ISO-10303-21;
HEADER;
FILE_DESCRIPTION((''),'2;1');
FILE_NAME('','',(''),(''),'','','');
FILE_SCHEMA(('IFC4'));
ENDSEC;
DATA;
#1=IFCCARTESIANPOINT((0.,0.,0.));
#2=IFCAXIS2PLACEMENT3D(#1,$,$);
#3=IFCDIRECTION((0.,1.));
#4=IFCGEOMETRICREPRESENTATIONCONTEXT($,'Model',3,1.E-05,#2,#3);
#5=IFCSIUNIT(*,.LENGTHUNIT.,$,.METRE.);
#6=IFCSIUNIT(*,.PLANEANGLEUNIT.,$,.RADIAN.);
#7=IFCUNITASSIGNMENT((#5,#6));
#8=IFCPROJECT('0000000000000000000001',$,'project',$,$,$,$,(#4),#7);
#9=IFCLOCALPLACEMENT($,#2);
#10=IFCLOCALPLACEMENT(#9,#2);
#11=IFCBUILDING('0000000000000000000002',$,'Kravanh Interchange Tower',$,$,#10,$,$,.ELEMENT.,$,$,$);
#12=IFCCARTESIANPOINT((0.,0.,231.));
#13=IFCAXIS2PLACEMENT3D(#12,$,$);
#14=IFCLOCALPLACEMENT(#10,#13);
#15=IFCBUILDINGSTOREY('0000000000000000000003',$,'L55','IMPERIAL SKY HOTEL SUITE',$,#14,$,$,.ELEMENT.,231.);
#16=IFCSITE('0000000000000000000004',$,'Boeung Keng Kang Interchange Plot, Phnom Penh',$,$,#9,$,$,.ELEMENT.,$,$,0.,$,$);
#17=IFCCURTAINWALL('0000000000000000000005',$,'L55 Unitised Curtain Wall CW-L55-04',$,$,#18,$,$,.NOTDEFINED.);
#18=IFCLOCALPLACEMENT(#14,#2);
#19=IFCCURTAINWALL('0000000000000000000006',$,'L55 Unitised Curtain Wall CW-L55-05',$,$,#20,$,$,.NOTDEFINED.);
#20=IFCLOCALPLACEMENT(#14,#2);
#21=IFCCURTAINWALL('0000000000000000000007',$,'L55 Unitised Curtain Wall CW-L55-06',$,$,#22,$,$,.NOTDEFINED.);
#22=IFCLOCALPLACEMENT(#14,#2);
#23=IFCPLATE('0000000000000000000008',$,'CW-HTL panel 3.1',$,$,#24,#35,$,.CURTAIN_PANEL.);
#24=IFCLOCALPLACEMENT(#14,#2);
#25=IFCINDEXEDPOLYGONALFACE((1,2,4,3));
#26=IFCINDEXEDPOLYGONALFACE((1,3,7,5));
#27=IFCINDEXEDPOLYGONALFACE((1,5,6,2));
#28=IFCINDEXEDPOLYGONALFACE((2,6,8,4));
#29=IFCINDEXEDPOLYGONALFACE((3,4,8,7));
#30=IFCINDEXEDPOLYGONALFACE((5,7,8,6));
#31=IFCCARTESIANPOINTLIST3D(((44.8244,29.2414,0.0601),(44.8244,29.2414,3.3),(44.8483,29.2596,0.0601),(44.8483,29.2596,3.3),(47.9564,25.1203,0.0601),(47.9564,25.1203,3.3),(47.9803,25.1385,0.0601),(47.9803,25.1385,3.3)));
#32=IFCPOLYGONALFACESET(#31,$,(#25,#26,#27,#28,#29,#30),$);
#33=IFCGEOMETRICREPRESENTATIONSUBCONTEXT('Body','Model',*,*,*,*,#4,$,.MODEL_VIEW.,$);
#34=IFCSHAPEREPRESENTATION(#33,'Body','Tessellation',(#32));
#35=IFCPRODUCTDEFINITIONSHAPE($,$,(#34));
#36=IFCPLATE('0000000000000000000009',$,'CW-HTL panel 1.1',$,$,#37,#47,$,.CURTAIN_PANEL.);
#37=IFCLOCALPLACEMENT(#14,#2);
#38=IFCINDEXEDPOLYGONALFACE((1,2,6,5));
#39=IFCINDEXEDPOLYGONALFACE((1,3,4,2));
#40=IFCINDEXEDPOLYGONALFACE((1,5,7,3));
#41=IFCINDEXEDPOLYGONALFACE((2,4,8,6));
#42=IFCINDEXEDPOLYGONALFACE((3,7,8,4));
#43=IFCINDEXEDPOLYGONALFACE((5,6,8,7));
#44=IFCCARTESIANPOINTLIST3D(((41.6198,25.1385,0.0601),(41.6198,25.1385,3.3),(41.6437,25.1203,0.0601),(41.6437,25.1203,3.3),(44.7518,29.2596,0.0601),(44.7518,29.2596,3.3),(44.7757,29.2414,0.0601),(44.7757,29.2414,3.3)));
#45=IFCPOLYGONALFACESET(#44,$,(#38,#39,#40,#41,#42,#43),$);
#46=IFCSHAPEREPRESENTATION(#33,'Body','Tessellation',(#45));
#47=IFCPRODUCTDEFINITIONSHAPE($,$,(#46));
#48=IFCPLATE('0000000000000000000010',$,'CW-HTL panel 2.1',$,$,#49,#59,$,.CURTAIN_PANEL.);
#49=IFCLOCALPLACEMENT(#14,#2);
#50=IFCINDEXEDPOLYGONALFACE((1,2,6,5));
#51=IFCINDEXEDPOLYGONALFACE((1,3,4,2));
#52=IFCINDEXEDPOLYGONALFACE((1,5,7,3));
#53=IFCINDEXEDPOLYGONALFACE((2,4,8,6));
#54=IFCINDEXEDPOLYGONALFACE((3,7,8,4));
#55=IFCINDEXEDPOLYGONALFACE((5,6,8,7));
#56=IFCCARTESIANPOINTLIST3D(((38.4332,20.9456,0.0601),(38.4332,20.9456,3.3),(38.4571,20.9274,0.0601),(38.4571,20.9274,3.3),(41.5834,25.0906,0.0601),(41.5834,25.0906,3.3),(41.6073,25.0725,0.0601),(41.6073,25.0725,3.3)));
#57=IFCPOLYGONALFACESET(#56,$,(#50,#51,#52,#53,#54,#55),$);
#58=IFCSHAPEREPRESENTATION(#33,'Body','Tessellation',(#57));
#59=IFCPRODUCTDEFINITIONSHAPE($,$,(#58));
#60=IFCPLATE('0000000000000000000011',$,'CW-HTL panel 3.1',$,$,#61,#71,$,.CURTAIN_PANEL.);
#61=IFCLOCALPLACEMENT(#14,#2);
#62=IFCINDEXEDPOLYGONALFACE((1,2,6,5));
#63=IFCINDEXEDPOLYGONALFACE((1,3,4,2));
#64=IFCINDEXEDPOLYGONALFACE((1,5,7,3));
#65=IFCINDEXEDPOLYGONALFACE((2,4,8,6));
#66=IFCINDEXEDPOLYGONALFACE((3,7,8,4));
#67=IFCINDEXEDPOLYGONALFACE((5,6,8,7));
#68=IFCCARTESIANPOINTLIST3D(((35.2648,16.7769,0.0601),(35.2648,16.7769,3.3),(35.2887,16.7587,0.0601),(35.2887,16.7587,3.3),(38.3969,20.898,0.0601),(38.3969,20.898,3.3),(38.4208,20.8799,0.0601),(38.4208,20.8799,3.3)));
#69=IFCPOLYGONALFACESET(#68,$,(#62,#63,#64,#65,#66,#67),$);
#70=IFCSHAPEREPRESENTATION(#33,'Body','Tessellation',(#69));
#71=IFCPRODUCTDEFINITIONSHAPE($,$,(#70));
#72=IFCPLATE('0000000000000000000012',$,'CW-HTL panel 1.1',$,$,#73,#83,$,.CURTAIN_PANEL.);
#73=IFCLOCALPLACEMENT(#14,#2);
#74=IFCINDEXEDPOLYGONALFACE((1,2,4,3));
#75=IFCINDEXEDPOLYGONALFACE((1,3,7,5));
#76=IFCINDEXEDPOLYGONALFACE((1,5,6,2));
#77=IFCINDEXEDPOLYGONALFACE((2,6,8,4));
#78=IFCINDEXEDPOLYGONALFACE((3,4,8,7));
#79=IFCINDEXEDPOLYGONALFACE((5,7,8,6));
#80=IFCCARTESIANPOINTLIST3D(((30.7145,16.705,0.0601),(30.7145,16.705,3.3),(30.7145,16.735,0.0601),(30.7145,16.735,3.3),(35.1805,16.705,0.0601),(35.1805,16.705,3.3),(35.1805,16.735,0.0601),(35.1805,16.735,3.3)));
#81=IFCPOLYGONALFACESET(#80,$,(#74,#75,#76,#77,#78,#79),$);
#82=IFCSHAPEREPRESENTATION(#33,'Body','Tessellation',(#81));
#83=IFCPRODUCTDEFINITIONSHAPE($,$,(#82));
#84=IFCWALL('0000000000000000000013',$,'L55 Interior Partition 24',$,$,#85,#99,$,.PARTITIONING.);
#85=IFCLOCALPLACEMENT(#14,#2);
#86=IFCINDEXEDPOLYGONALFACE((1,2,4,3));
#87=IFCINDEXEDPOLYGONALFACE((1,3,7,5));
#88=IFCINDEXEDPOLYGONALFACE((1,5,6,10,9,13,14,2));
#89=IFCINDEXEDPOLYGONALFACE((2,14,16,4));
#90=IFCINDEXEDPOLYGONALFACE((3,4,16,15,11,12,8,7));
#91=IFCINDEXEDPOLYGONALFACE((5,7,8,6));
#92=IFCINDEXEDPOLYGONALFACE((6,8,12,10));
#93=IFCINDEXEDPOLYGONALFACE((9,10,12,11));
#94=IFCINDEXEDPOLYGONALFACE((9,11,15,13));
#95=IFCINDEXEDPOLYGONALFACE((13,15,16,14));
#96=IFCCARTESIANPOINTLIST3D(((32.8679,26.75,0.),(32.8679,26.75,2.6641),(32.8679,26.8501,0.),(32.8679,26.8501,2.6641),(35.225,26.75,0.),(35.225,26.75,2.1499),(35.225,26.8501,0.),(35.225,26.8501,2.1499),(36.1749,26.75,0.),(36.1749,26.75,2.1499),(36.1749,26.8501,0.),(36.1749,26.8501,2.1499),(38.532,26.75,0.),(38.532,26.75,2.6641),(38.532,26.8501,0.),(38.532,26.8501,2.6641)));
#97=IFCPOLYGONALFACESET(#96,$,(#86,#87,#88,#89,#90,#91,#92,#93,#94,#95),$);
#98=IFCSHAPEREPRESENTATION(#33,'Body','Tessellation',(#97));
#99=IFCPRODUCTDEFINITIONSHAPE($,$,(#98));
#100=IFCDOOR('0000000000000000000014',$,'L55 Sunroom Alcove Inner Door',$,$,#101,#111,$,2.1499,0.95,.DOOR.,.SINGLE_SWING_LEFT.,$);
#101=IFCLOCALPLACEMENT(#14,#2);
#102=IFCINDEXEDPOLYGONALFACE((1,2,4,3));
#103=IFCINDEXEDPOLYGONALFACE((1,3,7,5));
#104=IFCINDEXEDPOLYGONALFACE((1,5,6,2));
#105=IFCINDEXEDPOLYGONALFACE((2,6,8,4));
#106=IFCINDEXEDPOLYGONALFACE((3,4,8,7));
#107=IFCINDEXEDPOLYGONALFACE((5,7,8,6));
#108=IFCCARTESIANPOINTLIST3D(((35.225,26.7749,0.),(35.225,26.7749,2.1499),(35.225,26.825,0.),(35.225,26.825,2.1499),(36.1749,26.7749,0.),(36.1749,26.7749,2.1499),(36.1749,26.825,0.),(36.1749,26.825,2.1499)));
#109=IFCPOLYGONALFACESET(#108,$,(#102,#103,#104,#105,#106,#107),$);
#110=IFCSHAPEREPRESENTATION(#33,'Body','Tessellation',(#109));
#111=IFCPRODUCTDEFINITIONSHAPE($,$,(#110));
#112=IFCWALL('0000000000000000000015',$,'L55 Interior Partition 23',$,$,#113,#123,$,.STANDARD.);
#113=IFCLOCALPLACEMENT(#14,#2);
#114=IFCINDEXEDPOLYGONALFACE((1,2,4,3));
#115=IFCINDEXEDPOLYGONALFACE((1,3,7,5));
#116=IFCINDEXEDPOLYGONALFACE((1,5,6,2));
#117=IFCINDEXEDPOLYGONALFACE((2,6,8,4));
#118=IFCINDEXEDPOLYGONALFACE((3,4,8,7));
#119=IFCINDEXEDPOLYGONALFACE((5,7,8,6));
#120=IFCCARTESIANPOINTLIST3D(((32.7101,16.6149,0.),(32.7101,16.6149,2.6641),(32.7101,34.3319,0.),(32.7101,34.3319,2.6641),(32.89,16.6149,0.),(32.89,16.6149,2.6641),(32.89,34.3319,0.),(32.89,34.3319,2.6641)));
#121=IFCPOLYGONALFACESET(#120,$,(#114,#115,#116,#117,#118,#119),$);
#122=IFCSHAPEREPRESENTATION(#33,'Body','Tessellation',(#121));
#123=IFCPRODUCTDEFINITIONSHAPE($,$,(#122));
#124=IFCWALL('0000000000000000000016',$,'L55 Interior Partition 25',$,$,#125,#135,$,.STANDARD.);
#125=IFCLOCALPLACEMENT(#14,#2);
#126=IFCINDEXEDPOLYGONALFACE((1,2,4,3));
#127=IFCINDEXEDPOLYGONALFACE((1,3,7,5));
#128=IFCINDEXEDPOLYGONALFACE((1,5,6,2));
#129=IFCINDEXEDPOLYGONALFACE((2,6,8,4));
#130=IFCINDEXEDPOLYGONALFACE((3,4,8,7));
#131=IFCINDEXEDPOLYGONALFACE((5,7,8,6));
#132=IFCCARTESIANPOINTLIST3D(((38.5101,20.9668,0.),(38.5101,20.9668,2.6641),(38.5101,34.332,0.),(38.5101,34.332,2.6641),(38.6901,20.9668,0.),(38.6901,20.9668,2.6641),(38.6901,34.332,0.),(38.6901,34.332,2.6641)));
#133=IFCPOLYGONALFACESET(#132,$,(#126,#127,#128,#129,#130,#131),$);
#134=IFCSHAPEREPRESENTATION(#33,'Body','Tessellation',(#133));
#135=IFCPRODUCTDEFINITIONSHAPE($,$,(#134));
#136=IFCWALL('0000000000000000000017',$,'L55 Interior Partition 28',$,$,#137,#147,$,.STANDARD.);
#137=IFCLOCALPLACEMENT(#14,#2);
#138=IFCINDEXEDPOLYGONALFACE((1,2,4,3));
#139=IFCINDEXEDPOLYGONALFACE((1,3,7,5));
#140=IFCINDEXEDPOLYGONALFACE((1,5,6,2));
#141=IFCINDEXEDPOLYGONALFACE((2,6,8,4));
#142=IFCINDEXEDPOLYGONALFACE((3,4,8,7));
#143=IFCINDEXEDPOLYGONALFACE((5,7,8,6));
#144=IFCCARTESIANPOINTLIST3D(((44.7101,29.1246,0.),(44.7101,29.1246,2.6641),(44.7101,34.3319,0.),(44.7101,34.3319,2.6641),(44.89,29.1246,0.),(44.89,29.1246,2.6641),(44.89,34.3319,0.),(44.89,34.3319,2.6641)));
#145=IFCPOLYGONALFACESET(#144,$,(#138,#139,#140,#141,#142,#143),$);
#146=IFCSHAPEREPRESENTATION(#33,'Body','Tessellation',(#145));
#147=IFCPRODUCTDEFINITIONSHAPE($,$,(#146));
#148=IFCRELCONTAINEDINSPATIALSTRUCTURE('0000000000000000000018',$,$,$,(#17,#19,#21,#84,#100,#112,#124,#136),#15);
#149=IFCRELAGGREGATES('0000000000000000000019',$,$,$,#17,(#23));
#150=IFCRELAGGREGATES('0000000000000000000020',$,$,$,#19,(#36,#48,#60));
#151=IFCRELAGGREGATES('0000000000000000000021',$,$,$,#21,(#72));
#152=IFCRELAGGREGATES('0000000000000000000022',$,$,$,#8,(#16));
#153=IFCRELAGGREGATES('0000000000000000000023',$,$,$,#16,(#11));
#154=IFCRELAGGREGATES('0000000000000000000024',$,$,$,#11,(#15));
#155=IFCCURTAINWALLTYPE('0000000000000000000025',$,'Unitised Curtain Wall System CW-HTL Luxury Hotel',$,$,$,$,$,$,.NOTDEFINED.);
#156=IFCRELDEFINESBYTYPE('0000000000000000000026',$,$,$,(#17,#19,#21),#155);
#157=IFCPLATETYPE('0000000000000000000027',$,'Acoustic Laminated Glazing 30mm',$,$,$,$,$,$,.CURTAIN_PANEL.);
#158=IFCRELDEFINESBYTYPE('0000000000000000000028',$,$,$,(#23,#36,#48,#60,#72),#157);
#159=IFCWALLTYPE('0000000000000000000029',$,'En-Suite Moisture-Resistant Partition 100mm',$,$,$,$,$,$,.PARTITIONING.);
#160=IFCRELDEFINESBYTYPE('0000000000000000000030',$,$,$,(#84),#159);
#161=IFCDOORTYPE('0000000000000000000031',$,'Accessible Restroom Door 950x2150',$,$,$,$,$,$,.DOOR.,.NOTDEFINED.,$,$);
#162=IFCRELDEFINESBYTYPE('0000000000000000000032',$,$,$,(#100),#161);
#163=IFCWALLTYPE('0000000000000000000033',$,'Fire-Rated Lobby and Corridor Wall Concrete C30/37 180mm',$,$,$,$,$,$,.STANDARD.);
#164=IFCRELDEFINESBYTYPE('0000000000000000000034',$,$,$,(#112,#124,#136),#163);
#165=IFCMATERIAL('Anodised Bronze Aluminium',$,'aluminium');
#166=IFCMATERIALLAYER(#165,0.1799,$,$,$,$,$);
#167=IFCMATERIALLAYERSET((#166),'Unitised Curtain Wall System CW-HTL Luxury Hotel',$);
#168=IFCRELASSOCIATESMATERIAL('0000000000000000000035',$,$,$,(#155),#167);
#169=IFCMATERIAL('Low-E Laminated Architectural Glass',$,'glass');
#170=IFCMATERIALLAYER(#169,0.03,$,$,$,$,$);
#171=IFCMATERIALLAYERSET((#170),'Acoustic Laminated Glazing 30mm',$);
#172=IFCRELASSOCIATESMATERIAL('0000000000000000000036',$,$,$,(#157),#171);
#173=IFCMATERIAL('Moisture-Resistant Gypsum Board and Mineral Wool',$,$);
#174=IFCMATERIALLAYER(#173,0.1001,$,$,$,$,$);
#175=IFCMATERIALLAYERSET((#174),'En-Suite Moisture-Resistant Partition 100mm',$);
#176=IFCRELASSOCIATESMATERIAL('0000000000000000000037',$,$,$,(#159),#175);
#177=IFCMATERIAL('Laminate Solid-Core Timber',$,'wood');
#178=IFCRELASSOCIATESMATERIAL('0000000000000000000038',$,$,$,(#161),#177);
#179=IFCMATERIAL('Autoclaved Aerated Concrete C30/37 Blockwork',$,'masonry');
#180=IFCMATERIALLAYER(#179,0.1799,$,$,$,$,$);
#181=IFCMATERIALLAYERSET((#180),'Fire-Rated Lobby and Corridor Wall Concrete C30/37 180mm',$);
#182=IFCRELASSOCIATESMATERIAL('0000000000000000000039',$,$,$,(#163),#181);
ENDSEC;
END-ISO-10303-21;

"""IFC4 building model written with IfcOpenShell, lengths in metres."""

from ifc_helpers import new_model, si_unit, direction, frame, frame_2d, origin, origin_2d, place, context, subcontext, project, spatial, rectangle, extrude, material, layer, layer_set, type_object, element, fill, aggregate, save


model = new_model("IFC4")

# Units and contexts
model_context = context("Model", 3, precision=1e-05, world=origin(), true_north=direction((0.0, 1.0)))
body_context = subcontext(model_context, "Body", "Model", "MODEL_VIEW")
ifc_project = project(units=[si_unit("LENGTHUNIT", "METRE"), si_unit("PLANEANGLEUNIT", "RADIAN")], contexts=[model_context])

# Site, building, storey
site_placement = place(None, origin())
site = spatial("IfcSite", under=ifc_project, at=site_placement, Name="Boeung Keng Kang Interchange Plot, Phnom Penh", CompositionType="ELEMENT", RefElevation=0.0)
building_placement = place(site_placement, origin())
building = spatial("IfcBuilding", under=site, at=building_placement, Name="Kravanh Interchange Tower", CompositionType="ELEMENT")
storey_placement = place(building_placement, frame((0.0, 0.0, 231.0)))
storey = spatial("IfcBuildingStorey", under=building, at=storey_placement, Name="L55", Description="IMPERIAL SKY HOTEL SUITE", CompositionType="ELEMENT", Elevation=231.0)

# Curtain wall
ifc_material_1 = material(Name="Anodised Bronze Aluminium", Category="aluminium")
ifc_layer_1 = layer(ifc_material_1, 0.1799)
ifc_layer_set_1 = layer_set([ifc_layer_1], Name="Unitised Curtain Wall System CW-HTL Luxury Hotel")
curtain_wall_type = type_object("IfcCurtainWallType", Name="Unitised Curtain Wall System CW-HTL Luxury Hotel", PredefinedType="NOTDEFINED", material=ifc_layer_set_1)
curtain_wall_1_placement = place(storey_placement, origin())
curtain_wall_1 = element("IfcCurtainWall", 1, at=curtain_wall_1_placement, inside=storey, type_object=curtain_wall_type, Name="L55 Unitised Curtain Wall CW-L55-04", PredefinedType="NOTDEFINED")

# Curtain wall
curtain_wall_2_placement = place(storey_placement, origin())
curtain_wall_2 = element("IfcCurtainWall", 2, at=curtain_wall_2_placement, inside=storey, type_object=curtain_wall_type, Name="L55 Unitised Curtain Wall CW-L55-05", PredefinedType="NOTDEFINED")

# Curtain wall
curtain_wall_3_placement = place(storey_placement, origin())
curtain_wall_3 = element("IfcCurtainWall", 3, at=curtain_wall_3_placement, inside=storey, type_object=curtain_wall_type, Name="L55 Unitised Curtain Wall CW-L55-06", PredefinedType="NOTDEFINED")

# Plates
ifc_material_2 = material(Name="Low-E Laminated Architectural Glass", Category="glass")
ifc_layer_2 = layer(ifc_material_2, 0.03)
ifc_layer_set_2 = layer_set([ifc_layer_2], Name="Acoustic Laminated Glazing 30mm")
plate_type = type_object("IfcPlateType", Name="Acoustic Laminated Glazing 30mm", PredefinedType="CURTAIN_PANEL", material=ifc_layer_set_2)
plate_1_placement = place(storey_placement, frame((46.4023, 27.1899, 0.0601), z_axis=(0.0, 0.0, 1.0), x_axis=(-0.605083, 0.796162, 0.0)))
plate_1 = element("IfcPlate", 4, at=plate_1_placement, type_object=plate_type, Name="CW-HTL panel 3.1", PredefinedType="CURTAIN_PANEL", context=body_context, shape_type="SweptSolid", body=[
    extrude(rectangle(XDim=5.1763, YDim=0.03, at=origin_2d()), origin(), (0.0, 0.0, 1.0), 3.24),
])
aggregate(curtain_wall_1, [plate_1])
plate_2_placement = place(storey_placement, frame((43.1978, 27.1899, 0.0601), z_axis=(0.0, 0.0, 1.0), x_axis=(-0.605083, -0.796162, 0.0)))
plate_2 = element("IfcPlate", 5, at=plate_2_placement, type_object=plate_type, Name="CW-HTL panel 1.1", PredefinedType="CURTAIN_PANEL", context=body_context, shape_type="SweptSolid", body=[
    extrude(rectangle(XDim=5.1763, YDim=0.03, at=origin_2d()), origin(), (0.0, 0.0, 1.0), 3.24),
])
plate_3_placement = place(storey_placement, frame((40.0203, 23.009, 0.0601), z_axis=(0.0, 0.0, 1.0), x_axis=(-0.605083, -0.796162, 0.0)))
plate_3 = element("IfcPlate", 6, at=plate_3_placement, type_object=plate_type, Name="CW-HTL panel 2.1", PredefinedType="CURTAIN_PANEL", context=body_context, shape_type="SweptSolid", body=[
    extrude(rectangle(XDim=5.2063, YDim=0.03, at=origin_2d()), origin(), (0.0, 0.0, 1.0), 3.24),
])
plate_4_placement = place(storey_placement, frame((36.8428, 18.8284, 0.0601), z_axis=(0.0, 0.0, 1.0), x_axis=(-0.605083, -0.796162, 0.0)))
plate_4 = element("IfcPlate", 7, at=plate_4_placement, type_object=plate_type, Name="CW-HTL panel 3.1", PredefinedType="CURTAIN_PANEL", context=body_context, shape_type="SweptSolid", body=[
    extrude(rectangle(XDim=5.1763, YDim=0.03, at=origin_2d()), origin(), (0.0, 0.0, 1.0), 3.24),
])
aggregate(curtain_wall_2, [plate_2, plate_3, plate_4])
plate_5_placement = place(storey_placement, frame((32.9475, 16.72, 0.0601), z_axis=(0.0, 0.0, 1.0), x_axis=(-1.0, 0.0, 0.0)))
plate_5 = element("IfcPlate", 8, at=plate_5_placement, type_object=plate_type, Name="CW-HTL panel 1.1", PredefinedType="CURTAIN_PANEL", context=body_context, shape_type="SweptSolid", body=[
    extrude(rectangle(XDim=4.4661, YDim=0.03, at=origin_2d()), origin(), (0.0, 0.0, 1.0), 3.24),
])
aggregate(curtain_wall_3, [plate_5])

# Wall, opening, door
ifc_material_3 = material(Name="Moisture-Resistant Gypsum Board and Mineral Wool")
ifc_layer_3 = layer(ifc_material_3, 0.1001)
ifc_layer_set_3 = layer_set([ifc_layer_3], Name="En-Suite Moisture-Resistant Partition 100mm")
wall_type_1 = type_object("IfcWallType", Name="En-Suite Moisture-Resistant Partition 100mm", PredefinedType="PARTITIONING", material=ifc_layer_set_3)
wall_1_placement = place(storey_placement, frame((32.8679, 26.8, 0.0), z_axis=(0.0, 0.0, 1.0), x_axis=(1.0, 0.0, 0.0)))
wall_1 = element("IfcWall", 9, at=wall_1_placement, inside=storey, type_object=wall_type_1, Name="L55 Interior Partition 24", PredefinedType="PARTITIONING", context=body_context, shape_type="SweptSolid", body=[
    extrude(rectangle(XDim=5.6641, YDim=0.1001, at=frame_2d((2.832, 0.0))), origin(), (0.0, 0.0, 1.0), 2.6641),
])
opening_placement = place(wall_1_placement, frame((2.3569, 0.0, 0.0)))
opening = element("IfcOpeningElement", 10, at=opening_placement, cuts=wall_1, PredefinedType="OPENING", context=body_context, shape_type="SweptSolid", body=[
    extrude(rectangle(XDim=0.95, YDim=2.1499, at=frame_2d((0.4751, 1.075))), frame((0.0, 0.0601, 0.0), z_axis=(0.0, -1.0, 0.0), x_axis=(1.0, 0.0, 0.0)), (0.0, 0.0, 1.0), 0.1201),
])
ifc_material_4 = material(Name="Laminate Solid-Core Timber", Category="wood")
door_type = type_object("IfcDoorType", Name="Accessible Restroom Door 950x2150", OperationType="NOTDEFINED", PredefinedType="DOOR", material=ifc_material_4)
door_placement = place(opening_placement, origin())
door = element("IfcDoor", 11, at=door_placement, inside=storey, type_object=door_type, Name="L55 Sunroom Alcove Inner Door", OperationType="SINGLE_SWING_LEFT", OverallHeight=2.1499, OverallWidth=0.95, PredefinedType="DOOR", context=body_context, shape_type="SweptSolid", body=[
    extrude(rectangle(XDim=0.95, YDim=2.1499, at=frame_2d((0.4751, 1.075))), frame((0.0, 0.0249, 0.0), z_axis=(0.0, -1.0, 0.0), x_axis=(1.0, 0.0, 0.0)), (0.0, 0.0, 1.0), 0.05),
])
fill(opening, door)

# Walls
ifc_material_5 = material(Name="Autoclaved Aerated Concrete C30/37 Blockwork", Category="masonry")
ifc_layer_4 = layer(ifc_material_5, 0.1799)
ifc_layer_set_4 = layer_set([ifc_layer_4], Name="Fire-Rated Lobby and Corridor Wall Concrete C30/37 180mm")
wall_type_2 = type_object("IfcWallType", Name="Fire-Rated Lobby and Corridor Wall Concrete C30/37 180mm", PredefinedType="STANDARD", material=ifc_layer_set_4)
wall_2_placement = place(storey_placement, frame((32.8, 16.615, 0.0), z_axis=(0.0, 0.0, 1.0), x_axis=(0.0, 1.0, 0.0)))
element("IfcWall", 12, at=wall_2_placement, inside=storey, type_object=wall_type_2, Name="L55 Interior Partition 23", PredefinedType="STANDARD", context=body_context, shape_type="SweptSolid", body=[
    extrude(rectangle(XDim=17.717, YDim=0.1799, at=frame_2d((8.8584, 0.0))), origin(), (0.0, 0.0, 1.0), 2.6641),
])
wall_3_placement = place(storey_placement, frame((38.6001, 20.9668, 0.0), z_axis=(0.0, 0.0, 1.0), x_axis=(0.0, 1.0, 0.0)))
element("IfcWall", 13, at=wall_3_placement, inside=storey, type_object=wall_type_2, Name="L55 Interior Partition 25", PredefinedType="STANDARD", context=body_context, shape_type="SweptSolid", body=[
    extrude(rectangle(XDim=13.3652, YDim=0.1799, at=frame_2d((6.6826, 0.0))), origin(), (0.0, 0.0, 1.0), 2.6641),
])
wall_4_placement = place(storey_placement, frame((44.8, 29.1248, 0.0), z_axis=(0.0, 0.0, 1.0), x_axis=(0.0, 1.0, 0.0)))
element("IfcWall", 14, at=wall_4_placement, inside=storey, type_object=wall_type_2, Name="L55 Interior Partition 28", PredefinedType="STANDARD", context=body_context, shape_type="SweptSolid", body=[
    extrude(rectangle(XDim=5.2073, YDim=0.1799, at=frame_2d((2.6035, 0.0))), origin(), (0.0, 0.0, 1.0), 2.6641),
])

save(model, "model.ifc")
